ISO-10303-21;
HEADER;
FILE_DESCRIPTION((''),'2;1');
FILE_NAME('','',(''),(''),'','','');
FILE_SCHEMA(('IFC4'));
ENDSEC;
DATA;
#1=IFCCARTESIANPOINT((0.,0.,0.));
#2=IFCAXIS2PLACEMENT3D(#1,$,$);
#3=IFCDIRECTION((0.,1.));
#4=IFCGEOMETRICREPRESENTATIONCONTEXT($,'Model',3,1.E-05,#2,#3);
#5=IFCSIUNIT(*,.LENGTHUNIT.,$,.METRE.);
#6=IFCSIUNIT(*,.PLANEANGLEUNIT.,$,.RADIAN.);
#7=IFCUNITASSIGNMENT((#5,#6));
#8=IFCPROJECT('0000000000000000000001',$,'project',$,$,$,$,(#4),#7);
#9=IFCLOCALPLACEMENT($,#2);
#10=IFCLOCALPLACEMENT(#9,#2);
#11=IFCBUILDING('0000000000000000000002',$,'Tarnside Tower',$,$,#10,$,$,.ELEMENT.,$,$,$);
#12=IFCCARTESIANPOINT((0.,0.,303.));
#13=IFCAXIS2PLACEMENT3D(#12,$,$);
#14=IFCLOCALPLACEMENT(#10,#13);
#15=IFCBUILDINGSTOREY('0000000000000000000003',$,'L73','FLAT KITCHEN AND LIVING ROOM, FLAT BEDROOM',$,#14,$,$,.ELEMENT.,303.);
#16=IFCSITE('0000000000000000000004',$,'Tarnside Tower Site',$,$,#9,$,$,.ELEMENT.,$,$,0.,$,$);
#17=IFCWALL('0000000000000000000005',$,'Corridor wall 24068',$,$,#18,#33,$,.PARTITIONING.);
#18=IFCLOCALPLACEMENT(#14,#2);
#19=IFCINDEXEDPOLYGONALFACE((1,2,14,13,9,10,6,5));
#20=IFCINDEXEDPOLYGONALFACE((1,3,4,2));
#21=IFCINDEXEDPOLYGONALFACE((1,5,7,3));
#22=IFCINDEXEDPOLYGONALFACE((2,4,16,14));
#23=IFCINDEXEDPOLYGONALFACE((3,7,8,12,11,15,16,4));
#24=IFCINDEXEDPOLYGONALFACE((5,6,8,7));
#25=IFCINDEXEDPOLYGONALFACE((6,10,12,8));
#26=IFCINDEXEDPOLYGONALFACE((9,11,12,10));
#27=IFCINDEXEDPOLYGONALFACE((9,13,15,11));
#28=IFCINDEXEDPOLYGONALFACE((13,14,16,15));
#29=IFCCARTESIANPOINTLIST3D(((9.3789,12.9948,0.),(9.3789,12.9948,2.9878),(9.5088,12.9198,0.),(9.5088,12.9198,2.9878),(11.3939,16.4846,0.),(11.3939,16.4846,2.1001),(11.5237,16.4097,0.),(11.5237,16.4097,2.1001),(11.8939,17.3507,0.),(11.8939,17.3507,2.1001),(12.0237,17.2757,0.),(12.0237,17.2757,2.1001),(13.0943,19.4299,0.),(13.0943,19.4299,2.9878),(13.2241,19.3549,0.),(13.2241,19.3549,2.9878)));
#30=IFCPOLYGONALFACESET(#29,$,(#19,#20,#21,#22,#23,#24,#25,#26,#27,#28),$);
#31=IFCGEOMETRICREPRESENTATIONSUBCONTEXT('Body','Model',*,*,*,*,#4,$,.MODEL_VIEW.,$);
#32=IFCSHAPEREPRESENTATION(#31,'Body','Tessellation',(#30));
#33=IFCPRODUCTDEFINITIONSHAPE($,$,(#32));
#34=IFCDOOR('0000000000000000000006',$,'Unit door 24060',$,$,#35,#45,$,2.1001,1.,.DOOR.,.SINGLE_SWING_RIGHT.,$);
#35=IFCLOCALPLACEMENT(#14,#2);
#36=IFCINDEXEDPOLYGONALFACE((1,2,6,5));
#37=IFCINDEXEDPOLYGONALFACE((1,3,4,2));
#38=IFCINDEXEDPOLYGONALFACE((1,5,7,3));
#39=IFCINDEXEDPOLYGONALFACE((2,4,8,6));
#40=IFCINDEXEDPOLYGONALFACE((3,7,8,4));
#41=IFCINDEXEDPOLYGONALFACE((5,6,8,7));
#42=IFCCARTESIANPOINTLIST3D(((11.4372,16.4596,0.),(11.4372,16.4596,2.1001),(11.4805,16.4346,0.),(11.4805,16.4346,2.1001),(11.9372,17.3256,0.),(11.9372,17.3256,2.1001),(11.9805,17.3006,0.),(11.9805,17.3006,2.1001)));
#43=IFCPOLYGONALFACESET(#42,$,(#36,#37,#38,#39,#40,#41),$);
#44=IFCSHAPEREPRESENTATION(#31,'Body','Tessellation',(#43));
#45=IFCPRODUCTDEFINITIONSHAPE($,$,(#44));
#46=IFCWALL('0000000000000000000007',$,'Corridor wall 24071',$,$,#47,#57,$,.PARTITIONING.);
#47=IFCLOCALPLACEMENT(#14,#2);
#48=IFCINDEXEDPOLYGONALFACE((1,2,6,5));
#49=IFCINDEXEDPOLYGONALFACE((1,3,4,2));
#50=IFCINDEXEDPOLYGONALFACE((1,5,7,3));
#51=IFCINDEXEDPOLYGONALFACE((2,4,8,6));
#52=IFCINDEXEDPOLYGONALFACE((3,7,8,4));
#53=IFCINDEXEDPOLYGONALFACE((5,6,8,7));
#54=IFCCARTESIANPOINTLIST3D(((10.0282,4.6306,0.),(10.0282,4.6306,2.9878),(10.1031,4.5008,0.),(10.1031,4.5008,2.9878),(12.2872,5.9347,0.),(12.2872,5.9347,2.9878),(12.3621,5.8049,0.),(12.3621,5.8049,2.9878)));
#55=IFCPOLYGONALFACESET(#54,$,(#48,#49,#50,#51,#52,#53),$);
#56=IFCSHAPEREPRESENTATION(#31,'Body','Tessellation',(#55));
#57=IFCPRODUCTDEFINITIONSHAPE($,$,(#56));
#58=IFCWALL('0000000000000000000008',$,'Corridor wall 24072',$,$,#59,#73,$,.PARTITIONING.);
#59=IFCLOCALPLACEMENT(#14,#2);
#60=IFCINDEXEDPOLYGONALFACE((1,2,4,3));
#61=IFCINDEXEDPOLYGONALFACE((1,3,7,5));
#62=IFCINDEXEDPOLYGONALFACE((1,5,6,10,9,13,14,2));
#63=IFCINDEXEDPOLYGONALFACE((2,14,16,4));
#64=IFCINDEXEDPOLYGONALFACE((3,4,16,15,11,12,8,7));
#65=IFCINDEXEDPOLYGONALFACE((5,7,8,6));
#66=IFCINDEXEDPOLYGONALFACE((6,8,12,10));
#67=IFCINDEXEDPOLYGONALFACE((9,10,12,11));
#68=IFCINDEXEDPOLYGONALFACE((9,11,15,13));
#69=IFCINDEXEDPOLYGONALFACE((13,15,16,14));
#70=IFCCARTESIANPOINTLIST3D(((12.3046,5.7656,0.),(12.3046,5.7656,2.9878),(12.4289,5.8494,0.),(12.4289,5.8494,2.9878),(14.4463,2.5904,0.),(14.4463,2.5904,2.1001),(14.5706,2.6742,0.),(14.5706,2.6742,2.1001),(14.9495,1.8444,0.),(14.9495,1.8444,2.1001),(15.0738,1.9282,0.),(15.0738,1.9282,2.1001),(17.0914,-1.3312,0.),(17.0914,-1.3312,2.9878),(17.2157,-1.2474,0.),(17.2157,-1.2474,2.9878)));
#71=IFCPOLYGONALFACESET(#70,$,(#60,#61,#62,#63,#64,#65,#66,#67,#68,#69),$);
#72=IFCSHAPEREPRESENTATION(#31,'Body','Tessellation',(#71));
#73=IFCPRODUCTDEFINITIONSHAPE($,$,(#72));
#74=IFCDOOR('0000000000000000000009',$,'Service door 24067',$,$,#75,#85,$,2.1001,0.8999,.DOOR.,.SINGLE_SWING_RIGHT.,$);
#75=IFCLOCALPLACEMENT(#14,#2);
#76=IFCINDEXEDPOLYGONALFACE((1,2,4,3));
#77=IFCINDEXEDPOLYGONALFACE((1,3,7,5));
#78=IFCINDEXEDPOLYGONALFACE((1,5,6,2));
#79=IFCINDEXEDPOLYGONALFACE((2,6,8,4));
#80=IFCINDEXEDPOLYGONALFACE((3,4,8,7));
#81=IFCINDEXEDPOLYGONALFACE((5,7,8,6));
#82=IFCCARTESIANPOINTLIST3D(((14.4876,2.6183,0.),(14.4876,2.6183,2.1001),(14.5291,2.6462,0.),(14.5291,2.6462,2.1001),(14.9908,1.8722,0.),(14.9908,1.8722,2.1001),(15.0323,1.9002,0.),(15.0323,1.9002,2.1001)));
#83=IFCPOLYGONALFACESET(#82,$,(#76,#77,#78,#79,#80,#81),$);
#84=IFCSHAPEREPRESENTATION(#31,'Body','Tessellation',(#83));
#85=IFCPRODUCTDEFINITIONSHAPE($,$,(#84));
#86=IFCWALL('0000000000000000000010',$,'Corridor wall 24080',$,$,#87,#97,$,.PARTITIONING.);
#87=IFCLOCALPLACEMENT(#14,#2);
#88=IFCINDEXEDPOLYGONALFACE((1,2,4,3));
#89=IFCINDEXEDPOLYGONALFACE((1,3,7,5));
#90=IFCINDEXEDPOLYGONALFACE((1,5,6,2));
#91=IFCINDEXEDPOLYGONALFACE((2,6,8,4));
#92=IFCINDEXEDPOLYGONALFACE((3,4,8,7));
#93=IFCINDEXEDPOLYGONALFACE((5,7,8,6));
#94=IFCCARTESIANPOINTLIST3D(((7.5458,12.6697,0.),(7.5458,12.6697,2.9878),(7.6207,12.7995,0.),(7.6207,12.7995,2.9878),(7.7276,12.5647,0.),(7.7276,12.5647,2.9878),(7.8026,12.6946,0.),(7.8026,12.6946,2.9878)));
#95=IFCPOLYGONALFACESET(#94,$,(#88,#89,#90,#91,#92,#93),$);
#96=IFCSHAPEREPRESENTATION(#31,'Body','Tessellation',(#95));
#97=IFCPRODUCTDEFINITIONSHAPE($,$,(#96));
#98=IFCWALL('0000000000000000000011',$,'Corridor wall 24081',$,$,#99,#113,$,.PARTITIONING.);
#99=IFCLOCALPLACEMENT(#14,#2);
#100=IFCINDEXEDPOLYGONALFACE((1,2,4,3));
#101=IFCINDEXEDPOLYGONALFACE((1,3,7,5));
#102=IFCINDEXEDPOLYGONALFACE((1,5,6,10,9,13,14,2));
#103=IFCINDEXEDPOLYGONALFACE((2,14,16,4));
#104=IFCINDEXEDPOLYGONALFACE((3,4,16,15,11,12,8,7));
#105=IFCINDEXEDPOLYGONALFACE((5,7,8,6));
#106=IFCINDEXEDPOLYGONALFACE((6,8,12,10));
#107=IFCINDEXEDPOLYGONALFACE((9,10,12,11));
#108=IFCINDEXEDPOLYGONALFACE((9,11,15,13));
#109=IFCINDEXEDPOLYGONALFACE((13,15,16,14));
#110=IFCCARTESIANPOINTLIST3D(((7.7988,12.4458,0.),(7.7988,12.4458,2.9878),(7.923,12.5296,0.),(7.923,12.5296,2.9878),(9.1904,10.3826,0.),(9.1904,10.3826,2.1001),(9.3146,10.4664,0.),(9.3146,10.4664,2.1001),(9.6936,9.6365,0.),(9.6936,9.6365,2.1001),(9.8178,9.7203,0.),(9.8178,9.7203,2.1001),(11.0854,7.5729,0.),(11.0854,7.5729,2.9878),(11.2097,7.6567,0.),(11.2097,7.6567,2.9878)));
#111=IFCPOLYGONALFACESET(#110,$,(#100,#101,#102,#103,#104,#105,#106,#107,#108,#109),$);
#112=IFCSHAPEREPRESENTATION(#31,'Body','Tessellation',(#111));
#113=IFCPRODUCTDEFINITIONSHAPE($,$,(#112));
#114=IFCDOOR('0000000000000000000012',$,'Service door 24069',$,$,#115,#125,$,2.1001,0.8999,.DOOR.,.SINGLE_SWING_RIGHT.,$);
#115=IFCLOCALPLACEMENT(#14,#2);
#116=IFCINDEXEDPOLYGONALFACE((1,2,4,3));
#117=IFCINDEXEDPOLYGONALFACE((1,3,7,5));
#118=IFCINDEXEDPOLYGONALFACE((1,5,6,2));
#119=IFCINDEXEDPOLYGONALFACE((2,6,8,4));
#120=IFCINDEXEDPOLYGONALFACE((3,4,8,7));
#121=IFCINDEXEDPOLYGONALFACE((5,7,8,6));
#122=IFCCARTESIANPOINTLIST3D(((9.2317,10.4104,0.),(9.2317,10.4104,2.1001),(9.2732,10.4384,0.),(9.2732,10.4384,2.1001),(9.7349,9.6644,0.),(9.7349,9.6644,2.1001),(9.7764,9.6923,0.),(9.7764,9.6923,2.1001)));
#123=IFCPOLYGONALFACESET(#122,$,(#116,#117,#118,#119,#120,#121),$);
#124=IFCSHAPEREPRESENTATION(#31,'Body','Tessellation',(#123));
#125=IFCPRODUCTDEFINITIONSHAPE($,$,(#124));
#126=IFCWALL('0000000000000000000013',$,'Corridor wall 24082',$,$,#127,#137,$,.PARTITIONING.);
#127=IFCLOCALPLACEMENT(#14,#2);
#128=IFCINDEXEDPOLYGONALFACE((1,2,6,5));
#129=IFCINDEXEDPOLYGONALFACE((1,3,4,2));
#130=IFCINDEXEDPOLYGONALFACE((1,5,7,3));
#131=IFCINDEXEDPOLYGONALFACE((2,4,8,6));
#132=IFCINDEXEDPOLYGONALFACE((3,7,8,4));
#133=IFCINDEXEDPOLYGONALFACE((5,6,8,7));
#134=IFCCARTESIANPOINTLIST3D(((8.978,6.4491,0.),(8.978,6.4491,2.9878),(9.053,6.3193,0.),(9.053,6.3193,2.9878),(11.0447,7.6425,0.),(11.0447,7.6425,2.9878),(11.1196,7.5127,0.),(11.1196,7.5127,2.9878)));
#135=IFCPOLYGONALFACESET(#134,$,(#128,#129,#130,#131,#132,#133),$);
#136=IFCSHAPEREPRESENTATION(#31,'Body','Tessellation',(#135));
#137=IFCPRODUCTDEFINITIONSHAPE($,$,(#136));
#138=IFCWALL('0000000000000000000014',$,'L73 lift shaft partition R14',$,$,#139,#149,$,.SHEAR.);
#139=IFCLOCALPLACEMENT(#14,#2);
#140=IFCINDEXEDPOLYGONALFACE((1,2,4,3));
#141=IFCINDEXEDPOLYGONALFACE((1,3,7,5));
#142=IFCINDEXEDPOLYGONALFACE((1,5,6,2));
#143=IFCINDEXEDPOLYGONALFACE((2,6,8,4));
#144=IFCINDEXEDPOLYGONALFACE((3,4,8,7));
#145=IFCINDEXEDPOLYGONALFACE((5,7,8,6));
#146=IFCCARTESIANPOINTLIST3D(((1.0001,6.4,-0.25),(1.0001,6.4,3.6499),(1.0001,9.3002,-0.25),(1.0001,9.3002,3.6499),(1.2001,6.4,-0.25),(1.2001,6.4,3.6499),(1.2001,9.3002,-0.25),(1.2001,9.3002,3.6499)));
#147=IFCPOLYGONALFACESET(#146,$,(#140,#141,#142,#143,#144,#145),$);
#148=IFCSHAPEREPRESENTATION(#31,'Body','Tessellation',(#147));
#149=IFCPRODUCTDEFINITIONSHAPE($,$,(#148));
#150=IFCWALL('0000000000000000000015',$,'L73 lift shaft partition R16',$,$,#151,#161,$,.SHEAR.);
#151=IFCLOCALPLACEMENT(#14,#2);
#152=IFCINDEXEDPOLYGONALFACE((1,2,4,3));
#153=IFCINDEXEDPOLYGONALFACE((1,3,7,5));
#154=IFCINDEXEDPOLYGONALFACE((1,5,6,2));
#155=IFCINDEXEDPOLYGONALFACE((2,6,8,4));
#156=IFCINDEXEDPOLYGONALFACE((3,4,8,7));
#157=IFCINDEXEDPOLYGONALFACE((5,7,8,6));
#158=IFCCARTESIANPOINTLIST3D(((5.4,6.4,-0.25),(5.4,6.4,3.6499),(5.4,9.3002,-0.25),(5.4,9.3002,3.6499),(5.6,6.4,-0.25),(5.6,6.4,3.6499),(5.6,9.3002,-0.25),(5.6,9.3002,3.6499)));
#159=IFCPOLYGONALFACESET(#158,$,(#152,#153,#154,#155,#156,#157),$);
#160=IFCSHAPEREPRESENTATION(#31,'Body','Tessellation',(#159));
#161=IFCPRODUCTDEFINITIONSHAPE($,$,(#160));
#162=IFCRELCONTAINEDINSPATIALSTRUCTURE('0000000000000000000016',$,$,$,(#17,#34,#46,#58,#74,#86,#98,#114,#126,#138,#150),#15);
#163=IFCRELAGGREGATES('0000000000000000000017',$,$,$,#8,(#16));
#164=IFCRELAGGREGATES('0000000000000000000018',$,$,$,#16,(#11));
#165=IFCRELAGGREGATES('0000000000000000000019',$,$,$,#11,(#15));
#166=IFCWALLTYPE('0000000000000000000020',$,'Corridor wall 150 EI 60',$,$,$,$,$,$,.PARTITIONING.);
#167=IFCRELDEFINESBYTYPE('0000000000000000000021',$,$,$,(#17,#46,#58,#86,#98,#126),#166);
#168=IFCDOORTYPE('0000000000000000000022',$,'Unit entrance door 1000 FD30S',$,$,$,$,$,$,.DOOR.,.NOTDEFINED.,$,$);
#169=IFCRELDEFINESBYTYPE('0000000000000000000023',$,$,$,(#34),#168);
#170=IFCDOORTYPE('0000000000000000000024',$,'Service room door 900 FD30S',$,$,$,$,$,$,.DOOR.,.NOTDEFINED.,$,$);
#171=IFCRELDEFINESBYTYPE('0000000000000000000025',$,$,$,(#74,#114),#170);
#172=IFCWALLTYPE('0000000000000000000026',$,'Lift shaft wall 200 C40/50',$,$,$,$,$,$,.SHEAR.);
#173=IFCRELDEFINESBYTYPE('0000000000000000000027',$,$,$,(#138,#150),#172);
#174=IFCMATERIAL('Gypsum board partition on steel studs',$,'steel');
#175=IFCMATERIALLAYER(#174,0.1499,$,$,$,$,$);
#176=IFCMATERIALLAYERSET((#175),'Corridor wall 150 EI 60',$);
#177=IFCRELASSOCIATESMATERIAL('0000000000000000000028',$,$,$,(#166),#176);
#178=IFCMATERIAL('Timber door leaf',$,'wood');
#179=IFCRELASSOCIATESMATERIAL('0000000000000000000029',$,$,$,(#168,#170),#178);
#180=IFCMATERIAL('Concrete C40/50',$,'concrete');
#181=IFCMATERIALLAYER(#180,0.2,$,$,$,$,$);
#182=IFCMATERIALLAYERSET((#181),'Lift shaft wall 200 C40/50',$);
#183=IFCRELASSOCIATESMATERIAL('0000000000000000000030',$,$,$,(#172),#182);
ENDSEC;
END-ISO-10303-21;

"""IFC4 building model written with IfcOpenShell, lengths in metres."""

from ifc_helpers import new_model, si_unit, direction, frame, frame_2d, origin, place, context, subcontext, project, spatial, rectangle, extrude, material, layer, layer_set, type_object, element, fill, save


model = new_model("IFC4")

# Units and contexts
model_context = context("Model", 3, precision=1e-05, world=origin(), true_north=direction((0.0, 1.0)))
body_context = subcontext(model_context, "Body", "Model", "MODEL_VIEW")
ifc_project = project(units=[si_unit("LENGTHUNIT", "METRE"), si_unit("PLANEANGLEUNIT", "RADIAN")], contexts=[model_context])

# Site, building, storey
site_placement = place(None, origin())
site = spatial("IfcSite", under=ifc_project, at=site_placement, Name="Tarnside Tower Site", CompositionType="ELEMENT", RefElevation=0.0)
building_placement = place(site_placement, origin())
building = spatial("IfcBuilding", under=site, at=building_placement, Name="Tarnside Tower", CompositionType="ELEMENT")
storey_placement = place(building_placement, frame((0.0, 0.0, 303.0)))
storey = spatial("IfcBuildingStorey", under=building, at=storey_placement, Name="L73", Description="FLAT KITCHEN AND LIVING ROOM, FLAT BEDROOM", CompositionType="ELEMENT", Elevation=303.0)

# Shared definitions
ifc_material_1 = material(Name="Concrete C40/50", Category="concrete")

# Shared definitions
ifc_material_2 = material(Name="Gypsum board partition on steel studs", Category="steel")
ifc_layer_1 = layer(ifc_material_2, 0.1499)
ifc_layer_set_1 = layer_set([ifc_layer_1], Name="Corridor wall 150 EI 60")
wall_type_1 = type_object("IfcWallType", Name="Corridor wall 150 EI 60", PredefinedType="PARTITIONING", material=ifc_layer_set_1)

# Wall, opening, door
wall_1_placement = place(storey_placement, frame((9.4438, 12.9573, 0.0), z_axis=(0.0, 0.0, 1.0), x_axis=(0.500005, 0.866023, 0.0)))
wall_1 = element("IfcWall", 1, at=wall_1_placement, inside=storey, type_object=wall_type_1, Name="Corridor wall 24068", PredefinedType="PARTITIONING", context=body_context, shape_type="SweptSolid", body=[
    extrude(rectangle(XDim=7.4307, YDim=0.1499, at=frame_2d((3.7153, 0.0))), origin(), (0.0, 0.0, 1.0), 2.9878),
])
opening_1_placement = place(wall_1_placement, frame((4.0298, 0.0, 0.0)))
opening_1 = element("IfcOpeningElement", 2, at=opening_1_placement, cuts=wall_1, PredefinedType="OPENING", context=body_context, shape_type="SweptSolid", body=[
    extrude(rectangle(XDim=1.0, YDim=2.1001, at=frame_2d((0.5, 1.05))), frame((0.0, 0.085, 0.0), z_axis=(0.0, -1.0, 0.0), x_axis=(1.0, 0.0, 0.0)), (0.0, 0.0, 1.0), 0.1699),
])
ifc_material_3 = material(Name="Timber door leaf", Category="wood")
door_type_1 = type_object("IfcDoorType", Name="Unit entrance door 1000 FD30S", OperationType="NOTDEFINED", PredefinedType="DOOR", material=ifc_material_3)
door_1_placement = place(opening_1_placement, origin())
door_1 = element("IfcDoor", 3, at=door_1_placement, inside=storey, type_object=door_type_1, Name="Unit door 24060", OperationType="SINGLE_SWING_RIGHT", OverallHeight=2.1001, OverallWidth=1.0, PredefinedType="DOOR", context=body_context, shape_type="SweptSolid", body=[
    extrude(rectangle(XDim=1.0, YDim=2.1001, at=frame_2d((0.5, 1.05))), frame((0.0, 0.0249, 0.0), z_axis=(0.0, -1.0, 0.0), x_axis=(1.0, 0.0, 0.0)), (0.0, 0.0, 1.0), 0.05),
])
fill(opening_1, door_1)

# Wall
wall_2_placement = place(storey_placement, frame((10.0657, 4.5657, 0.0), z_axis=(0.0, 0.0, 1.0), x_axis=(0.866034, 0.499984, 0.0)))
element("IfcWall", 4, at=wall_2_placement, inside=storey, type_object=wall_type_1, Name="Corridor wall 24071", PredefinedType="PARTITIONING", context=body_context, shape_type="SweptSolid", body=[
    extrude(rectangle(XDim=2.6084, YDim=0.1499, at=frame_2d((1.3042, 0.0))), origin(), (0.0, 0.0, 1.0), 2.9878),
])

# Wall, opening, door
wall_3_placement = place(storey_placement, frame((12.3667, 5.8076, 0.0), z_axis=(0.0, 0.0, 1.0), x_axis=(0.559187, -0.829041, 0.0)))
wall_3 = element("IfcWall", 5, at=wall_3_placement, inside=storey, type_object=wall_type_1, Name="Corridor wall 24072", PredefinedType="PARTITIONING", context=body_context, shape_type="SweptSolid", body=[
    extrude(rectangle(XDim=8.5603, YDim=0.1499, at=frame_2d((4.2803, 0.0))), origin(), (0.0, 0.0, 1.0), 2.9878),
])
opening_2_placement = place(wall_3_placement, frame((3.8301, 0.0, 0.0)))
opening_2 = element("IfcOpeningElement", 6, at=opening_2_placement, cuts=wall_3, PredefinedType="OPENING", context=body_context, shape_type="SweptSolid", body=[
    extrude(rectangle(XDim=0.8999, YDim=2.1001, at=frame_2d((0.45, 1.05))), frame((0.0, 0.085, 0.0), z_axis=(0.0, -1.0, 0.0), x_axis=(1.0, 0.0, 0.0)), (0.0, 0.0, 1.0), 0.1699),
])
door_type_2 = type_object("IfcDoorType", Name="Service room door 900 FD30S", OperationType="NOTDEFINED", PredefinedType="DOOR", material=ifc_material_3)
door_2_placement = place(opening_2_placement, origin())
door_2 = element("IfcDoor", 7, at=door_2_placement, inside=storey, type_object=door_type_2, Name="Service door 24067", OperationType="SINGLE_SWING_RIGHT", OverallHeight=2.1001, OverallWidth=0.8999, PredefinedType="DOOR", context=body_context, shape_type="SweptSolid", body=[
    extrude(rectangle(XDim=0.8999, YDim=2.1001, at=frame_2d((0.45, 1.05))), frame((0.0, 0.0249, 0.0), z_axis=(0.0, -1.0, 0.0), x_axis=(1.0, 0.0, 0.0)), (0.0, 0.0, 1.0), 0.05),
])
fill(opening_2, door_2)

# Wall
wall_4_placement = place(storey_placement, frame((7.5833, 12.7346, 0.0), z_axis=(0.0, 0.0, 1.0), x_axis=(0.866089, -0.49989, 0.0)))
element("IfcWall", 8, at=wall_4_placement, inside=storey, type_object=wall_type_1, Name="Corridor wall 24080", PredefinedType="PARTITIONING", context=body_context, shape_type="SweptSolid", body=[
    extrude(rectangle(XDim=0.21, YDim=0.1499, at=frame_2d((0.105, 0.0))), origin(), (0.0, 0.0, 1.0), 2.9878),
])

# Wall, opening, door
wall_5_placement = place(storey_placement, frame((7.8608, 12.4878, 0.0), z_axis=(0.0, 0.0, 1.0), x_axis=(0.559178, -0.829047, 0.0)))
wall_5 = element("IfcWall", 9, at=wall_5_placement, inside=storey, type_object=wall_type_1, Name="Corridor wall 24081", PredefinedType="PARTITIONING", context=body_context, shape_type="SweptSolid", body=[
    extrude(rectangle(XDim=5.8777, YDim=0.1499, at=frame_2d((2.939, 0.0))), origin(), (0.0, 0.0, 1.0), 2.9878),
])
opening_3_placement = place(wall_5_placement, frame((2.4888, 0.0, 0.0)))
opening_3 = element("IfcOpeningElement", 10, at=opening_3_placement, cuts=wall_5, PredefinedType="OPENING", context=body_context, shape_type="SweptSolid", body=[
    extrude(rectangle(XDim=0.8999, YDim=2.1001, at=frame_2d((0.45, 1.05))), frame((0.0, 0.085, 0.0), z_axis=(0.0, -1.0, 0.0), x_axis=(1.0, 0.0, 0.0)), (0.0, 0.0, 1.0), 0.1699),
])
door_3_placement = place(opening_3_placement, origin())
door_3 = element("IfcDoor", 11, at=door_3_placement, inside=storey, type_object=door_type_2, Name="Service door 24069", OperationType="SINGLE_SWING_RIGHT", OverallHeight=2.1001, OverallWidth=0.8999, PredefinedType="DOOR", context=body_context, shape_type="SweptSolid", body=[
    extrude(rectangle(XDim=0.8999, YDim=2.1001, at=frame_2d((0.45, 1.05))), frame((0.0, 0.0249, 0.0), z_axis=(0.0, -1.0, 0.0), x_axis=(1.0, 0.0, 0.0)), (0.0, 0.0, 1.0), 0.05),
])
fill(opening_3, door_3)

# Walls
wall_6_placement = place(storey_placement, frame((11.0823, 7.5776, 0.0), z_axis=(0.0, 0.0, 1.0), x_axis=(-0.865993, -0.500056, 0.0)))
element("IfcWall", 12, at=wall_6_placement, inside=storey, type_object=wall_type_1, Name="Corridor wall 24082", PredefinedType="PARTITIONING", context=body_context, shape_type="SweptSolid", body=[
    extrude(rectangle(XDim=2.3865, YDim=0.1499, at=frame_2d((1.1934, 0.0))), origin(), (0.0, 0.0, 1.0), 2.9878),
])
ifc_layer_2 = layer(ifc_material_1, 0.2)
ifc_layer_set_2 = layer_set([ifc_layer_2], Name="Lift shaft wall 200 C40/50")
wall_type_2 = type_object("IfcWallType", Name="Lift shaft wall 200 C40/50", PredefinedType="SHEAR", material=ifc_layer_set_2)
for number, where, z_axis, x_axis, name in (
    (13, (1.1001, 6.3999, -0.25), (0.0, 0.0, 1.0), (0.0, 1.0, 0.0), "L73 lift shaft partition R14"),
    (14, (5.5, 6.3999, -0.25), (0.0, 0.0, 1.0), (0.0, 1.0, 0.0), "L73 lift shaft partition R16"),
):
    element("IfcWall", number, at=place(storey_placement, frame(where, z_axis=z_axis, x_axis=x_axis)), inside=storey, type_object=wall_type_2, Name=name, PredefinedType="SHEAR", context=body_context, shape_type="SweptSolid", body=[
        extrude(rectangle(XDim=2.9001, YDim=0.2, at=frame_2d((1.4502, 0.0))), origin(), (0.0, 0.0, 1.0), 3.8999),
    ])

save(model, "model.ifc")
